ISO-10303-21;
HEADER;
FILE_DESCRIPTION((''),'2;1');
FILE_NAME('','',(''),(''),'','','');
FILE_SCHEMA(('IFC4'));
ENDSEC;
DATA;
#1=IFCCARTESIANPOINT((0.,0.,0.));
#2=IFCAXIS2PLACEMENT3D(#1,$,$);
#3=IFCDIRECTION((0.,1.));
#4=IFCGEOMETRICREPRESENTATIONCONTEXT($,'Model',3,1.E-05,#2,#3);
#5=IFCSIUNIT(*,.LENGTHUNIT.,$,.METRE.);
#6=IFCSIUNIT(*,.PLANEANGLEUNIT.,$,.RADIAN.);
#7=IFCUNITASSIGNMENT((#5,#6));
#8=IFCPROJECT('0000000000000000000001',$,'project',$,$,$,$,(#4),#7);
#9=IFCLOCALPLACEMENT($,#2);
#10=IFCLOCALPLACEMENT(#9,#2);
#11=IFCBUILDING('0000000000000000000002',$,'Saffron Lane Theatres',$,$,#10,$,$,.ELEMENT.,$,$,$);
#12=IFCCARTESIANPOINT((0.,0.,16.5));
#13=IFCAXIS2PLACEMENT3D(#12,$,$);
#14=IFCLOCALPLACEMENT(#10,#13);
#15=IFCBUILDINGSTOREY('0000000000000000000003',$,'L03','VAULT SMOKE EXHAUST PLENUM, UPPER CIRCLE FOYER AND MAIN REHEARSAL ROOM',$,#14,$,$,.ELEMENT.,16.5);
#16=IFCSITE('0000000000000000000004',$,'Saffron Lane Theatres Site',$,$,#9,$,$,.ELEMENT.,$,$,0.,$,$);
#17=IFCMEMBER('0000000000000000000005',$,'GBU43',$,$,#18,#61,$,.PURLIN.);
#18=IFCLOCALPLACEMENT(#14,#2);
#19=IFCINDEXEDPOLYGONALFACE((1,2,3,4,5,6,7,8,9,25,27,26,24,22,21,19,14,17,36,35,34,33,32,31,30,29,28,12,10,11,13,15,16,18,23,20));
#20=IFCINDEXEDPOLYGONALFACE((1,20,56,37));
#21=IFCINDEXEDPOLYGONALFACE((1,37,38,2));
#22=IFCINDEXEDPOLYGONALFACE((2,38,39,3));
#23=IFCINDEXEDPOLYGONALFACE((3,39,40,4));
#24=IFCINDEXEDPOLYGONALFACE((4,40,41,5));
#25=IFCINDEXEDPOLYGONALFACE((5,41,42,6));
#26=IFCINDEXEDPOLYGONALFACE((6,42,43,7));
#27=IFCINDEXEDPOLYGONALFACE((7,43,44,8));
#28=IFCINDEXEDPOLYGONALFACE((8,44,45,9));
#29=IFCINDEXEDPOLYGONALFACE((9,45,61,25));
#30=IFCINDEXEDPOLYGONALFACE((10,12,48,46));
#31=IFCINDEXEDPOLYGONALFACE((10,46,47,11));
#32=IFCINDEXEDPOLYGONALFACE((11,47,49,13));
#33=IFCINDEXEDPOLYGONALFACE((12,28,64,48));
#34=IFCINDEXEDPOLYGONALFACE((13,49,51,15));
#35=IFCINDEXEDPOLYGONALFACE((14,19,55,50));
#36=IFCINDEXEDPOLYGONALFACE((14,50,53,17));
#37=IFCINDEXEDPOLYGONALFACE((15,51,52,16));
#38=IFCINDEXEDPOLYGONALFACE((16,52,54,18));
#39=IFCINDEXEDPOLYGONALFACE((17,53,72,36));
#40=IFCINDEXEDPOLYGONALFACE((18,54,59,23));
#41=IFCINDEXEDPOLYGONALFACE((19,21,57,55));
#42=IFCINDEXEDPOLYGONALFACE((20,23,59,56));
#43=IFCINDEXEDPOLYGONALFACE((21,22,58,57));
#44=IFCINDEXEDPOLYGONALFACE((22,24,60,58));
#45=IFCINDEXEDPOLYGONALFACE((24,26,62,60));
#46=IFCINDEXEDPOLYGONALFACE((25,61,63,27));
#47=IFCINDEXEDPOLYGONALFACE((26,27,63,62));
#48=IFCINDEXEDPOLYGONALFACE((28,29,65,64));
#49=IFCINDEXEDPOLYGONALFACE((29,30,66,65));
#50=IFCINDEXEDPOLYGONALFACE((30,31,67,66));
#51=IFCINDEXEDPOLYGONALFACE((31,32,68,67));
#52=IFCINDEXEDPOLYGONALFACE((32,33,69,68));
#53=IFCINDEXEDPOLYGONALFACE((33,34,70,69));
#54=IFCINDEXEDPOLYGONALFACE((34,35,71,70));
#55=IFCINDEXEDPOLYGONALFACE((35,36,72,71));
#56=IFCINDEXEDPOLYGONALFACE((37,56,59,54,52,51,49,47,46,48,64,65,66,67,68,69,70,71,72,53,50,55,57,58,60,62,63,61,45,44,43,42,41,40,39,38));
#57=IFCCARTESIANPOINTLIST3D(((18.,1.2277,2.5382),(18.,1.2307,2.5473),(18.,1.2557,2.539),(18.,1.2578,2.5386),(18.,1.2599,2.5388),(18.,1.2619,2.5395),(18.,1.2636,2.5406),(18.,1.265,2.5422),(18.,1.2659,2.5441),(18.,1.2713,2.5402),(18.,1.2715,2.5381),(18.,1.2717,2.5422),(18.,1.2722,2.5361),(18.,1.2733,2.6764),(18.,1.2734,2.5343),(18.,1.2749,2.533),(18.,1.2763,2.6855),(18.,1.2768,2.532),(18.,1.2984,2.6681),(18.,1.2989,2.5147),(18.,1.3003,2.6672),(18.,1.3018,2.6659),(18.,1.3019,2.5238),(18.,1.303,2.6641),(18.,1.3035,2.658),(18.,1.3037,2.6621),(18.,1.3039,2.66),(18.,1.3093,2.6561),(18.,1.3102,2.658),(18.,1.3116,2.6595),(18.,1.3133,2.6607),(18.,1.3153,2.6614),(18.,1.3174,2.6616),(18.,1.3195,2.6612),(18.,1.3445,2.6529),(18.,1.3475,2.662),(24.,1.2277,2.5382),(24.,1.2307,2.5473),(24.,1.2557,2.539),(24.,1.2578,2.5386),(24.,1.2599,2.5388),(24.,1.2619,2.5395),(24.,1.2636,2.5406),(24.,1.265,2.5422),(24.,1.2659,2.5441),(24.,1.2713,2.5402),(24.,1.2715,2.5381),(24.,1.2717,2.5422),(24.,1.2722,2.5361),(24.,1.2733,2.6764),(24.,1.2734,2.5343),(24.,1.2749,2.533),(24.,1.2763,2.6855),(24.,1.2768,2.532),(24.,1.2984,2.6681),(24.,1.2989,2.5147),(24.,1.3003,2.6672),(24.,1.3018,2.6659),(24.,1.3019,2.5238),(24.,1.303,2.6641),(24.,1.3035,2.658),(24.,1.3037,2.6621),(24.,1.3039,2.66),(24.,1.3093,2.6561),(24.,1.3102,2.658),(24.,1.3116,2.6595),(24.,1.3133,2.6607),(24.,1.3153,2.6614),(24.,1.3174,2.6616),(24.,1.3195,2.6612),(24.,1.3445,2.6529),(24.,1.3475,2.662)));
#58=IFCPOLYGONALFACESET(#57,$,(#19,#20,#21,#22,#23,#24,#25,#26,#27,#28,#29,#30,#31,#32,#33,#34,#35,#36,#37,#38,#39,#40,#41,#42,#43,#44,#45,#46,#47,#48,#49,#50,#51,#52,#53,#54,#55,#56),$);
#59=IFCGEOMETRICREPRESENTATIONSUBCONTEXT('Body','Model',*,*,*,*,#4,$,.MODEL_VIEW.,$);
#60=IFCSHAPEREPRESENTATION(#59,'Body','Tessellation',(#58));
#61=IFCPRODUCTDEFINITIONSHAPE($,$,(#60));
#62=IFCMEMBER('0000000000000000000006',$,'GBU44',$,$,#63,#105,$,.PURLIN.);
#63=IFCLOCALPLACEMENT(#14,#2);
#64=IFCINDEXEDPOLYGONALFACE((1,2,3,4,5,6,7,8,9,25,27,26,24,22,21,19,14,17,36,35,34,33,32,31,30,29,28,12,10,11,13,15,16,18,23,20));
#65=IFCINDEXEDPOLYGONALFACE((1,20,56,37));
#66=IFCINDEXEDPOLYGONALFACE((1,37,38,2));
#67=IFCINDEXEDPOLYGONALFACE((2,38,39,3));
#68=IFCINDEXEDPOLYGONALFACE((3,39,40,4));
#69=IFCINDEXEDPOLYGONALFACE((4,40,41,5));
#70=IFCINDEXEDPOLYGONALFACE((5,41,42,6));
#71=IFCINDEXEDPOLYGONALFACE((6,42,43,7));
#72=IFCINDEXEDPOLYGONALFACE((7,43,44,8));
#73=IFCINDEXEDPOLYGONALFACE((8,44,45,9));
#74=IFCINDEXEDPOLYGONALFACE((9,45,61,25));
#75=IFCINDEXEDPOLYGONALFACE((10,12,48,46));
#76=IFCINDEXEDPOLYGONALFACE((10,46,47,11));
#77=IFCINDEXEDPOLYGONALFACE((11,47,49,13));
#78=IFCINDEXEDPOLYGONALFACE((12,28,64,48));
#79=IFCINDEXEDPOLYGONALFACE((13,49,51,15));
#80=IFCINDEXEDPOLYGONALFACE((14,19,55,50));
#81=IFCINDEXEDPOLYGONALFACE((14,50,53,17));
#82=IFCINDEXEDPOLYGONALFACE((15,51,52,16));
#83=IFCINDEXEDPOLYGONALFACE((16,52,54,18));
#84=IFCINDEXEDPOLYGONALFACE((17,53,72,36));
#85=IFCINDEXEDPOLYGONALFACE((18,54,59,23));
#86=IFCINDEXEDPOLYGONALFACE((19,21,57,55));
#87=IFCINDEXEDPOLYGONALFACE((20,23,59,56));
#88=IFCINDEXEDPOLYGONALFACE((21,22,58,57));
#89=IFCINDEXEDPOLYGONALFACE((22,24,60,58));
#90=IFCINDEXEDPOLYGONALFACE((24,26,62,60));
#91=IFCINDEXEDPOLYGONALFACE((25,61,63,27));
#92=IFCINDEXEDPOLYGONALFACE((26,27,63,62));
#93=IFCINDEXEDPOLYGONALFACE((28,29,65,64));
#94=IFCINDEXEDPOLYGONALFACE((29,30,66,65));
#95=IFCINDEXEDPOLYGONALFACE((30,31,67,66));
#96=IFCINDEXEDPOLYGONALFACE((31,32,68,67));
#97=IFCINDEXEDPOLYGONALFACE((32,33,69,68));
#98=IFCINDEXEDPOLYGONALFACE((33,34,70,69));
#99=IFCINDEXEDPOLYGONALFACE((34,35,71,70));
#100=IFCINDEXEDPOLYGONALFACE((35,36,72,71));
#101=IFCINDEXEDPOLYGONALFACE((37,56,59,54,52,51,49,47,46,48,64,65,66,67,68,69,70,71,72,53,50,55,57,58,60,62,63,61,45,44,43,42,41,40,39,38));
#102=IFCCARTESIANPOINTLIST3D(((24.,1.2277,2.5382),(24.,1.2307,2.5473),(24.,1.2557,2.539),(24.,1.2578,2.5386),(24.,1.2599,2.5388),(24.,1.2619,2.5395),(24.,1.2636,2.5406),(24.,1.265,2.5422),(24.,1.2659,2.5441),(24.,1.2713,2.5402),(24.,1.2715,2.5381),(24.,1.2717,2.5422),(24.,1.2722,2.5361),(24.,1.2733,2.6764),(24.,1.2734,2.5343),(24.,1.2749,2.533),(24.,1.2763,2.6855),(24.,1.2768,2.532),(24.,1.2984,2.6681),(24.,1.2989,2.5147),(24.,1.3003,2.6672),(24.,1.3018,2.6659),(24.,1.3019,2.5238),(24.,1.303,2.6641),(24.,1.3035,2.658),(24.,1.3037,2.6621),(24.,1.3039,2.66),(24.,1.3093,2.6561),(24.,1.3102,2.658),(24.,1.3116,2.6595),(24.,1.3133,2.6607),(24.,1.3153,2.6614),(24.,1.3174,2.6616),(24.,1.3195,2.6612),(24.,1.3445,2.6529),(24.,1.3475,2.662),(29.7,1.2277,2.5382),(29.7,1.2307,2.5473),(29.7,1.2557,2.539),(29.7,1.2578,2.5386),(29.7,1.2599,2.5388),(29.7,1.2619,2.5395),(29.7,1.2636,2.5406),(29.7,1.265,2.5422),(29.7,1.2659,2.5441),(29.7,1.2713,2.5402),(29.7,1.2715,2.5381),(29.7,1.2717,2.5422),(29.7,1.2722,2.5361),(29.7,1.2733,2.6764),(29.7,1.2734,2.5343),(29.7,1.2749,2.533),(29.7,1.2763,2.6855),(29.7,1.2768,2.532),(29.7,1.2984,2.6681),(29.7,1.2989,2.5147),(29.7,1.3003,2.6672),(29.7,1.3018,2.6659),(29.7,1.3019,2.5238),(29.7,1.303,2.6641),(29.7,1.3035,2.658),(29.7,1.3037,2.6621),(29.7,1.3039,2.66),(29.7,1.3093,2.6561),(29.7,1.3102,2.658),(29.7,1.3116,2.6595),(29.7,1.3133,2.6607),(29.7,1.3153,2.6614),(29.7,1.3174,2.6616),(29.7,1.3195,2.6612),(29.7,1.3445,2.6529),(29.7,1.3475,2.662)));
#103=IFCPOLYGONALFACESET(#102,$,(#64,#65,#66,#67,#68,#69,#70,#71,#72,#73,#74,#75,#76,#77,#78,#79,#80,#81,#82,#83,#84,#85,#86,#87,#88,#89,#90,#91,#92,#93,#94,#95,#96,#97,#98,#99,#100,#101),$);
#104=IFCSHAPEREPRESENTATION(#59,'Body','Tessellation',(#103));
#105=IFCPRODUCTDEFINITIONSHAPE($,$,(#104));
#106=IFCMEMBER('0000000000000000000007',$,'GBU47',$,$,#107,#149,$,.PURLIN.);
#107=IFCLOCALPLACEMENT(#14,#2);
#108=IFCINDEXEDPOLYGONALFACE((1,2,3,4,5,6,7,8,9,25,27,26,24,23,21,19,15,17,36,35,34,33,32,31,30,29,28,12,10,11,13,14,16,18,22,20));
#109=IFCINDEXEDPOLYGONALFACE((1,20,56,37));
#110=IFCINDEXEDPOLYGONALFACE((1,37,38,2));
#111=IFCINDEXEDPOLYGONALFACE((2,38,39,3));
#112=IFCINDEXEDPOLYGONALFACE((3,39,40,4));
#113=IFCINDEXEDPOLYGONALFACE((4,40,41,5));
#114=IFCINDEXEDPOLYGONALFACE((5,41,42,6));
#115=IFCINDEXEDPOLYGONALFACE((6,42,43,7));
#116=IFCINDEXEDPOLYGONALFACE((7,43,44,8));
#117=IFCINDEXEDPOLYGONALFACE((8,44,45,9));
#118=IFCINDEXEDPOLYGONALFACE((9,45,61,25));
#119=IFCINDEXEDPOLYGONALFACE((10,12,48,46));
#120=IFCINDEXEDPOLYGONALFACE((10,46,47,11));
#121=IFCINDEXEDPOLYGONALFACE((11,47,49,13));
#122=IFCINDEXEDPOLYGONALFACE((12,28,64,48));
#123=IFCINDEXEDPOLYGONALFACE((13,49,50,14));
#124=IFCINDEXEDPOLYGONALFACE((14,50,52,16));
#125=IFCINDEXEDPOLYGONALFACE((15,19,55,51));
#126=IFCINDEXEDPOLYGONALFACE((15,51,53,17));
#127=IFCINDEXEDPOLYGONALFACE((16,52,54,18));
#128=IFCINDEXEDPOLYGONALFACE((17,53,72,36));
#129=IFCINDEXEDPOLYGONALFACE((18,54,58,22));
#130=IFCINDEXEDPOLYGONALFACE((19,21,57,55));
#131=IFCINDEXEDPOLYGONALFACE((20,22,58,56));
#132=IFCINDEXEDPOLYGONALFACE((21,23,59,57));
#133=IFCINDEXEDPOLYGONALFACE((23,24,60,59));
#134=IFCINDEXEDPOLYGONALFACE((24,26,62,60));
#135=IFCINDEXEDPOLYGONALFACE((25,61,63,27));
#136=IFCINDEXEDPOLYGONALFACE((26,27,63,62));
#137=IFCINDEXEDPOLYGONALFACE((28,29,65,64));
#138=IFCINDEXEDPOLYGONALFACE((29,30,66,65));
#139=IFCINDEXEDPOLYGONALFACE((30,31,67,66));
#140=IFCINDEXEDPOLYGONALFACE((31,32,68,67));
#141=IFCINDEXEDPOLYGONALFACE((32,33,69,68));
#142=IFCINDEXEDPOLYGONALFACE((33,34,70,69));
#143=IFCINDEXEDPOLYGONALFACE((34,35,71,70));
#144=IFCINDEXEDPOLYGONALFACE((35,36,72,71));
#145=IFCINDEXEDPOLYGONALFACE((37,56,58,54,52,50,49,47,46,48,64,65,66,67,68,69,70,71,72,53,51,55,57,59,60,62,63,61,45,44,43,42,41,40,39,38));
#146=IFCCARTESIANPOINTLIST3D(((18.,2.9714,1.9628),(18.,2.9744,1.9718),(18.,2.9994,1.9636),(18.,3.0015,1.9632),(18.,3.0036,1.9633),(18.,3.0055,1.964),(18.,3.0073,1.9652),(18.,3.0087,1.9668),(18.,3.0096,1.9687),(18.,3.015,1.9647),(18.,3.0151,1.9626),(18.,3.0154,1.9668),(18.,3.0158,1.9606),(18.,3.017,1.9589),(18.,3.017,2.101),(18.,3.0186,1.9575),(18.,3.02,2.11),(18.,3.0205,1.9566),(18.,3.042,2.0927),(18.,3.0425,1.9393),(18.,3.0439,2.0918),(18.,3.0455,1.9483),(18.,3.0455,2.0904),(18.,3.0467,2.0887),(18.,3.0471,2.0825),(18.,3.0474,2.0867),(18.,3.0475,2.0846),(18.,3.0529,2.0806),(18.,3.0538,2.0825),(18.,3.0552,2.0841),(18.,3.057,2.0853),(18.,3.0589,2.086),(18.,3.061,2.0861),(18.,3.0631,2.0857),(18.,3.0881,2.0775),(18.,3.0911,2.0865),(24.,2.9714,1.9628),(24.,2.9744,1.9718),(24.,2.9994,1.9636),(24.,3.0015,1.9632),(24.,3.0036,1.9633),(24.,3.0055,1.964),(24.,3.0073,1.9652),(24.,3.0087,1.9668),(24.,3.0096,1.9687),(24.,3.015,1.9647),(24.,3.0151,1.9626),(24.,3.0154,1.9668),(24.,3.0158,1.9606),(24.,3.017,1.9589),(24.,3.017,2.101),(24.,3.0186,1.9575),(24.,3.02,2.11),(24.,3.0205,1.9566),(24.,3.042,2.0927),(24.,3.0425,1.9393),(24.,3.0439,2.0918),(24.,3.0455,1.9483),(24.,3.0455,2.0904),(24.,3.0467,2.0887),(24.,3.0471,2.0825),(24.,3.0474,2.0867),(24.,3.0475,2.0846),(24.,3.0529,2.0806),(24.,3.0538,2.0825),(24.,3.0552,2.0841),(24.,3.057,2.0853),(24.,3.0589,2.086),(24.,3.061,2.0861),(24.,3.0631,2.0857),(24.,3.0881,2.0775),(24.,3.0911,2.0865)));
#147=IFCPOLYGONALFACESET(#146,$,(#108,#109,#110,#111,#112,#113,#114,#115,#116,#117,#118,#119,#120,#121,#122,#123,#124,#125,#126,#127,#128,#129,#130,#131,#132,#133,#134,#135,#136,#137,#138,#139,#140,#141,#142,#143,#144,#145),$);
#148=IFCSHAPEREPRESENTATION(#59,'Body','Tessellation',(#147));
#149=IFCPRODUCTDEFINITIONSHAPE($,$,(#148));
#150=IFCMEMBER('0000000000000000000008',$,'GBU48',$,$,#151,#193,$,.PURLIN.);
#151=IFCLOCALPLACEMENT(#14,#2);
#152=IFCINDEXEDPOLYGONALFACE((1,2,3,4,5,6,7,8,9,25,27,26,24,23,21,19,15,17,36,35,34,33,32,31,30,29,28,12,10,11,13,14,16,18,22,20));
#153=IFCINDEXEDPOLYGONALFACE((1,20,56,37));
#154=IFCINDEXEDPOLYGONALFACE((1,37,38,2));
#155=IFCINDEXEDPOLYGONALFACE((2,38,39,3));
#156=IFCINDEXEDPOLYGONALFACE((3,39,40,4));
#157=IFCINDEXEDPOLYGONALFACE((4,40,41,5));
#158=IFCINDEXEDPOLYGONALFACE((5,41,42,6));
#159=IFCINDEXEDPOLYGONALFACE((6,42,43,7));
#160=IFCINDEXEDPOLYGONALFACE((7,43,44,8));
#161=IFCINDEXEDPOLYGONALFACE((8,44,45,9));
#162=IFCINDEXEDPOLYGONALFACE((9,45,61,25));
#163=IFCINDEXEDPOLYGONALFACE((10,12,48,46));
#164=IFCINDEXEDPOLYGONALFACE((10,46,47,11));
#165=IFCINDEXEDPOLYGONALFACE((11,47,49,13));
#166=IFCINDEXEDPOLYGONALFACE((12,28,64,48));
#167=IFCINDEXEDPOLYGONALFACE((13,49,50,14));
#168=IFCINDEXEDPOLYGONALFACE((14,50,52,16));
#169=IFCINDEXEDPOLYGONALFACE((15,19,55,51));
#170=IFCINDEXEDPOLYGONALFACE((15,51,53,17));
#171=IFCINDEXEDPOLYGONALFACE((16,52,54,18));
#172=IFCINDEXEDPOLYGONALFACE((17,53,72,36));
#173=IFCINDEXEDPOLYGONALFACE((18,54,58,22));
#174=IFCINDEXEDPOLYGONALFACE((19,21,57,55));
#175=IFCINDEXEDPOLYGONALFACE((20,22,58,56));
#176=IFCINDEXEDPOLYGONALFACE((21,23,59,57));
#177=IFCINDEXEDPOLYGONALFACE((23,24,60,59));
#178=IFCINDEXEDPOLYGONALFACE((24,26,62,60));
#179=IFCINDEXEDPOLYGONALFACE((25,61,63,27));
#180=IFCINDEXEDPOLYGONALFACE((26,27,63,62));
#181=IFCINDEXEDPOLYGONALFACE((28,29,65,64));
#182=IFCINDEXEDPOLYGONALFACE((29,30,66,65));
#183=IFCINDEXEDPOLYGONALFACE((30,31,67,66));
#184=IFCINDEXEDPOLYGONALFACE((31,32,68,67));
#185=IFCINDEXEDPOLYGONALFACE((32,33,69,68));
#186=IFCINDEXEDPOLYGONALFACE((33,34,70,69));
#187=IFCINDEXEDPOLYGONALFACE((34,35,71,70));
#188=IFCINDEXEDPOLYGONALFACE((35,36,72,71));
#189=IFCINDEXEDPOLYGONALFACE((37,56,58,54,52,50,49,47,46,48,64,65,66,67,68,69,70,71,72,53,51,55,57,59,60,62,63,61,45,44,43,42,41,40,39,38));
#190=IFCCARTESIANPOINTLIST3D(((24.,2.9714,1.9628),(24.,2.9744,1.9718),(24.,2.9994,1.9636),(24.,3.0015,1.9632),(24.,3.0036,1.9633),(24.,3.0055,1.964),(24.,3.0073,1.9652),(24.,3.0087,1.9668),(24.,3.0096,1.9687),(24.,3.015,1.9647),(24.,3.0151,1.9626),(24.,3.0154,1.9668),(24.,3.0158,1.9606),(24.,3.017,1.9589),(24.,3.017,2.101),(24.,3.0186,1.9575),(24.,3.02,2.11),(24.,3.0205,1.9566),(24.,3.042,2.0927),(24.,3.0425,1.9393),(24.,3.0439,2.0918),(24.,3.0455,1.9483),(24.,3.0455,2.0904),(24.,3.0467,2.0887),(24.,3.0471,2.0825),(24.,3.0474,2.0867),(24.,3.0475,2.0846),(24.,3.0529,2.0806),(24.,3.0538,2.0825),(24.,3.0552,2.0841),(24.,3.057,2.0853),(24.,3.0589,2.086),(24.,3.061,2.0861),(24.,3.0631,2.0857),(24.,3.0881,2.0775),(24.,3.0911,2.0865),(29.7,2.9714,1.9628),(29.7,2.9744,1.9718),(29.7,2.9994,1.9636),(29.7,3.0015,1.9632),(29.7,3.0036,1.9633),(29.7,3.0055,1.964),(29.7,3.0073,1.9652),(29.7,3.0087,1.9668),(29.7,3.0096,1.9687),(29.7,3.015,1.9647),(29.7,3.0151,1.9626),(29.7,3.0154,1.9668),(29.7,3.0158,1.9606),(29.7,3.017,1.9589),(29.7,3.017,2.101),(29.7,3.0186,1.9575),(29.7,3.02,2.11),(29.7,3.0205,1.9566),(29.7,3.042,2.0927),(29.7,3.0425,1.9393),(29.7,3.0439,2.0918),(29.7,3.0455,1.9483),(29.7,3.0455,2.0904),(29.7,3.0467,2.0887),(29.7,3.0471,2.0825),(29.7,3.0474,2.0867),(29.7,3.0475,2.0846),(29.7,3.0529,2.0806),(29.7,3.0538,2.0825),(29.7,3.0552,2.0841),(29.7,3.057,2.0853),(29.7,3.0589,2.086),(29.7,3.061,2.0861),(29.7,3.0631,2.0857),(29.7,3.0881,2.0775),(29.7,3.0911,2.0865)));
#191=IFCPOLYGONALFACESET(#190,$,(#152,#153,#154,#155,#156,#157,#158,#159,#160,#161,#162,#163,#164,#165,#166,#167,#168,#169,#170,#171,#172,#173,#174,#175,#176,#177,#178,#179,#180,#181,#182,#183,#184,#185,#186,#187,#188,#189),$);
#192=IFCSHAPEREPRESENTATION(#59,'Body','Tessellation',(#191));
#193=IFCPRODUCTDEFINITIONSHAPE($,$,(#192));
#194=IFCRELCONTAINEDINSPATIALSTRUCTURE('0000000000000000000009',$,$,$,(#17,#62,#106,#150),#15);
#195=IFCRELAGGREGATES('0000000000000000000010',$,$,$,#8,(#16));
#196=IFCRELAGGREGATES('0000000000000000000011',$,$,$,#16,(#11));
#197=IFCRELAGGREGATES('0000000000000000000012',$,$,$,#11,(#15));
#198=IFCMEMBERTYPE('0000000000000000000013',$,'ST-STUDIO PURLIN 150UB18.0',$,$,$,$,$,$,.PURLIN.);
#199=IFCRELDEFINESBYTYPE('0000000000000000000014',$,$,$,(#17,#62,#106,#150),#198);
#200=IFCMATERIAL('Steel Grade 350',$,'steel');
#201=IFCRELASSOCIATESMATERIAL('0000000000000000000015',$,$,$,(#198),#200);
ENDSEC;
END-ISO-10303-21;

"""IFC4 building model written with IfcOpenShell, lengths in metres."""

from ifc_helpers import new_model, si_unit, direction, frame, origin, origin_2d, place, context, subcontext, project, spatial, i_section, extrude, material, material_profile, profile_set, type_object, element, save


model = new_model("IFC4")

# Units and contexts
model_context = context("Model", 3, precision=1e-05, world=origin(), true_north=direction((0.0, 1.0)))
body_context = subcontext(model_context, "Body", "Model", "MODEL_VIEW")
ifc_project = project(units=[si_unit("LENGTHUNIT", "METRE"), si_unit("PLANEANGLEUNIT", "RADIAN")], contexts=[model_context])

# Site, building, storey
site_placement = place(None, origin())
site = spatial("IfcSite", under=ifc_project, at=site_placement, Name="Saffron Lane Theatres Site", CompositionType="ELEMENT", RefElevation=0.0)
building_placement = place(site_placement, origin())
building = spatial("IfcBuilding", under=site, at=building_placement, Name="Saffron Lane Theatres", CompositionType="ELEMENT")
storey_placement = place(building_placement, frame((0.0, 0.0, 16.5)))
storey = spatial("IfcBuildingStorey", under=building, at=storey_placement, Name="L03", Description="VAULT SMOKE EXHAUST PLENUM, UPPER CIRCLE FOYER AND MAIN REHEARSAL ROOM", CompositionType="ELEMENT", Elevation=16.5)

# Members
ifc_material_1 = material(Name="Steel Grade 350", Category="steel")
ifc_material_profile_1 = material_profile(ifc_material_1, i_section(OverallWidth=0.075, OverallDepth=0.155, WebThickness=0.0061, FlangeThickness=0.0095, FilletRadius=0.0081, at=origin_2d()))
ifc_profile_set_1 = profile_set([ifc_material_profile_1], Name="Steel Grade 350")
member_type_1 = type_object("IfcMemberType", Name="ST-STUDIO PURLIN 150UB18.0", PredefinedType="PURLIN", material=ifc_profile_set_1)
member_1_placement = place(storey_placement, frame((18.0, 1.2876, 2.6001), z_axis=(1.0, 0.0, 0.0), x_axis=(0.0, 0.949629, -0.313377)))
element("IfcMember", 1, at=member_1_placement, inside=storey, type_object=member_type_1, Name="GBU43", PredefinedType="PURLIN", context=body_context, shape_type="SweptSolid", body=[
    extrude(i_section(OverallWidth=0.075, OverallDepth=0.155, WebThickness=0.0061, FlangeThickness=0.0095, FilletRadius=0.0081, at=origin_2d()), origin(), (0.0, 0.0, 1.0), 6.0),
])
member_2_placement = place(storey_placement, frame((24.0, 1.2876, 2.6001), z_axis=(1.0, 0.0, 0.0), x_axis=(0.0, 0.949629, -0.313377)))
element("IfcMember", 2, at=member_2_placement, inside=storey, type_object=member_type_1, Name="GBU44", PredefinedType="PURLIN", context=body_context, shape_type="SweptSolid", body=[
    extrude(i_section(OverallWidth=0.075, OverallDepth=0.155, WebThickness=0.0061, FlangeThickness=0.0095, FilletRadius=0.0081, at=origin_2d()), origin(), (0.0, 0.0, 1.0), 5.7),
])
member_3_placement = place(storey_placement, frame((18.0, 3.0312, 2.0247), z_axis=(1.0, 0.0, 0.0), x_axis=(0.0, 0.949629, -0.313377)))
element("IfcMember", 3, at=member_3_placement, inside=storey, type_object=member_type_1, Name="GBU47", PredefinedType="PURLIN", context=body_context, shape_type="SweptSolid", body=[
    extrude(i_section(OverallWidth=0.075, OverallDepth=0.155, WebThickness=0.0061, FlangeThickness=0.0095, FilletRadius=0.0081, at=origin_2d()), origin(), (0.0, 0.0, 1.0), 6.0),
])
member_4_placement = place(storey_placement, frame((24.0, 3.0312, 2.0247), z_axis=(1.0, 0.0, 0.0), x_axis=(0.0, 0.949629, -0.313377)))
element("IfcMember", 4, at=member_4_placement, inside=storey, type_object=member_type_1, Name="GBU48", PredefinedType="PURLIN", context=body_context, shape_type="SweptSolid", body=[
    extrude(i_section(OverallWidth=0.075, OverallDepth=0.155, WebThickness=0.0061, FlangeThickness=0.0095, FilletRadius=0.0081, at=origin_2d()), origin(), (0.0, 0.0, 1.0), 5.7),
])

save(model, "model.ifc")
